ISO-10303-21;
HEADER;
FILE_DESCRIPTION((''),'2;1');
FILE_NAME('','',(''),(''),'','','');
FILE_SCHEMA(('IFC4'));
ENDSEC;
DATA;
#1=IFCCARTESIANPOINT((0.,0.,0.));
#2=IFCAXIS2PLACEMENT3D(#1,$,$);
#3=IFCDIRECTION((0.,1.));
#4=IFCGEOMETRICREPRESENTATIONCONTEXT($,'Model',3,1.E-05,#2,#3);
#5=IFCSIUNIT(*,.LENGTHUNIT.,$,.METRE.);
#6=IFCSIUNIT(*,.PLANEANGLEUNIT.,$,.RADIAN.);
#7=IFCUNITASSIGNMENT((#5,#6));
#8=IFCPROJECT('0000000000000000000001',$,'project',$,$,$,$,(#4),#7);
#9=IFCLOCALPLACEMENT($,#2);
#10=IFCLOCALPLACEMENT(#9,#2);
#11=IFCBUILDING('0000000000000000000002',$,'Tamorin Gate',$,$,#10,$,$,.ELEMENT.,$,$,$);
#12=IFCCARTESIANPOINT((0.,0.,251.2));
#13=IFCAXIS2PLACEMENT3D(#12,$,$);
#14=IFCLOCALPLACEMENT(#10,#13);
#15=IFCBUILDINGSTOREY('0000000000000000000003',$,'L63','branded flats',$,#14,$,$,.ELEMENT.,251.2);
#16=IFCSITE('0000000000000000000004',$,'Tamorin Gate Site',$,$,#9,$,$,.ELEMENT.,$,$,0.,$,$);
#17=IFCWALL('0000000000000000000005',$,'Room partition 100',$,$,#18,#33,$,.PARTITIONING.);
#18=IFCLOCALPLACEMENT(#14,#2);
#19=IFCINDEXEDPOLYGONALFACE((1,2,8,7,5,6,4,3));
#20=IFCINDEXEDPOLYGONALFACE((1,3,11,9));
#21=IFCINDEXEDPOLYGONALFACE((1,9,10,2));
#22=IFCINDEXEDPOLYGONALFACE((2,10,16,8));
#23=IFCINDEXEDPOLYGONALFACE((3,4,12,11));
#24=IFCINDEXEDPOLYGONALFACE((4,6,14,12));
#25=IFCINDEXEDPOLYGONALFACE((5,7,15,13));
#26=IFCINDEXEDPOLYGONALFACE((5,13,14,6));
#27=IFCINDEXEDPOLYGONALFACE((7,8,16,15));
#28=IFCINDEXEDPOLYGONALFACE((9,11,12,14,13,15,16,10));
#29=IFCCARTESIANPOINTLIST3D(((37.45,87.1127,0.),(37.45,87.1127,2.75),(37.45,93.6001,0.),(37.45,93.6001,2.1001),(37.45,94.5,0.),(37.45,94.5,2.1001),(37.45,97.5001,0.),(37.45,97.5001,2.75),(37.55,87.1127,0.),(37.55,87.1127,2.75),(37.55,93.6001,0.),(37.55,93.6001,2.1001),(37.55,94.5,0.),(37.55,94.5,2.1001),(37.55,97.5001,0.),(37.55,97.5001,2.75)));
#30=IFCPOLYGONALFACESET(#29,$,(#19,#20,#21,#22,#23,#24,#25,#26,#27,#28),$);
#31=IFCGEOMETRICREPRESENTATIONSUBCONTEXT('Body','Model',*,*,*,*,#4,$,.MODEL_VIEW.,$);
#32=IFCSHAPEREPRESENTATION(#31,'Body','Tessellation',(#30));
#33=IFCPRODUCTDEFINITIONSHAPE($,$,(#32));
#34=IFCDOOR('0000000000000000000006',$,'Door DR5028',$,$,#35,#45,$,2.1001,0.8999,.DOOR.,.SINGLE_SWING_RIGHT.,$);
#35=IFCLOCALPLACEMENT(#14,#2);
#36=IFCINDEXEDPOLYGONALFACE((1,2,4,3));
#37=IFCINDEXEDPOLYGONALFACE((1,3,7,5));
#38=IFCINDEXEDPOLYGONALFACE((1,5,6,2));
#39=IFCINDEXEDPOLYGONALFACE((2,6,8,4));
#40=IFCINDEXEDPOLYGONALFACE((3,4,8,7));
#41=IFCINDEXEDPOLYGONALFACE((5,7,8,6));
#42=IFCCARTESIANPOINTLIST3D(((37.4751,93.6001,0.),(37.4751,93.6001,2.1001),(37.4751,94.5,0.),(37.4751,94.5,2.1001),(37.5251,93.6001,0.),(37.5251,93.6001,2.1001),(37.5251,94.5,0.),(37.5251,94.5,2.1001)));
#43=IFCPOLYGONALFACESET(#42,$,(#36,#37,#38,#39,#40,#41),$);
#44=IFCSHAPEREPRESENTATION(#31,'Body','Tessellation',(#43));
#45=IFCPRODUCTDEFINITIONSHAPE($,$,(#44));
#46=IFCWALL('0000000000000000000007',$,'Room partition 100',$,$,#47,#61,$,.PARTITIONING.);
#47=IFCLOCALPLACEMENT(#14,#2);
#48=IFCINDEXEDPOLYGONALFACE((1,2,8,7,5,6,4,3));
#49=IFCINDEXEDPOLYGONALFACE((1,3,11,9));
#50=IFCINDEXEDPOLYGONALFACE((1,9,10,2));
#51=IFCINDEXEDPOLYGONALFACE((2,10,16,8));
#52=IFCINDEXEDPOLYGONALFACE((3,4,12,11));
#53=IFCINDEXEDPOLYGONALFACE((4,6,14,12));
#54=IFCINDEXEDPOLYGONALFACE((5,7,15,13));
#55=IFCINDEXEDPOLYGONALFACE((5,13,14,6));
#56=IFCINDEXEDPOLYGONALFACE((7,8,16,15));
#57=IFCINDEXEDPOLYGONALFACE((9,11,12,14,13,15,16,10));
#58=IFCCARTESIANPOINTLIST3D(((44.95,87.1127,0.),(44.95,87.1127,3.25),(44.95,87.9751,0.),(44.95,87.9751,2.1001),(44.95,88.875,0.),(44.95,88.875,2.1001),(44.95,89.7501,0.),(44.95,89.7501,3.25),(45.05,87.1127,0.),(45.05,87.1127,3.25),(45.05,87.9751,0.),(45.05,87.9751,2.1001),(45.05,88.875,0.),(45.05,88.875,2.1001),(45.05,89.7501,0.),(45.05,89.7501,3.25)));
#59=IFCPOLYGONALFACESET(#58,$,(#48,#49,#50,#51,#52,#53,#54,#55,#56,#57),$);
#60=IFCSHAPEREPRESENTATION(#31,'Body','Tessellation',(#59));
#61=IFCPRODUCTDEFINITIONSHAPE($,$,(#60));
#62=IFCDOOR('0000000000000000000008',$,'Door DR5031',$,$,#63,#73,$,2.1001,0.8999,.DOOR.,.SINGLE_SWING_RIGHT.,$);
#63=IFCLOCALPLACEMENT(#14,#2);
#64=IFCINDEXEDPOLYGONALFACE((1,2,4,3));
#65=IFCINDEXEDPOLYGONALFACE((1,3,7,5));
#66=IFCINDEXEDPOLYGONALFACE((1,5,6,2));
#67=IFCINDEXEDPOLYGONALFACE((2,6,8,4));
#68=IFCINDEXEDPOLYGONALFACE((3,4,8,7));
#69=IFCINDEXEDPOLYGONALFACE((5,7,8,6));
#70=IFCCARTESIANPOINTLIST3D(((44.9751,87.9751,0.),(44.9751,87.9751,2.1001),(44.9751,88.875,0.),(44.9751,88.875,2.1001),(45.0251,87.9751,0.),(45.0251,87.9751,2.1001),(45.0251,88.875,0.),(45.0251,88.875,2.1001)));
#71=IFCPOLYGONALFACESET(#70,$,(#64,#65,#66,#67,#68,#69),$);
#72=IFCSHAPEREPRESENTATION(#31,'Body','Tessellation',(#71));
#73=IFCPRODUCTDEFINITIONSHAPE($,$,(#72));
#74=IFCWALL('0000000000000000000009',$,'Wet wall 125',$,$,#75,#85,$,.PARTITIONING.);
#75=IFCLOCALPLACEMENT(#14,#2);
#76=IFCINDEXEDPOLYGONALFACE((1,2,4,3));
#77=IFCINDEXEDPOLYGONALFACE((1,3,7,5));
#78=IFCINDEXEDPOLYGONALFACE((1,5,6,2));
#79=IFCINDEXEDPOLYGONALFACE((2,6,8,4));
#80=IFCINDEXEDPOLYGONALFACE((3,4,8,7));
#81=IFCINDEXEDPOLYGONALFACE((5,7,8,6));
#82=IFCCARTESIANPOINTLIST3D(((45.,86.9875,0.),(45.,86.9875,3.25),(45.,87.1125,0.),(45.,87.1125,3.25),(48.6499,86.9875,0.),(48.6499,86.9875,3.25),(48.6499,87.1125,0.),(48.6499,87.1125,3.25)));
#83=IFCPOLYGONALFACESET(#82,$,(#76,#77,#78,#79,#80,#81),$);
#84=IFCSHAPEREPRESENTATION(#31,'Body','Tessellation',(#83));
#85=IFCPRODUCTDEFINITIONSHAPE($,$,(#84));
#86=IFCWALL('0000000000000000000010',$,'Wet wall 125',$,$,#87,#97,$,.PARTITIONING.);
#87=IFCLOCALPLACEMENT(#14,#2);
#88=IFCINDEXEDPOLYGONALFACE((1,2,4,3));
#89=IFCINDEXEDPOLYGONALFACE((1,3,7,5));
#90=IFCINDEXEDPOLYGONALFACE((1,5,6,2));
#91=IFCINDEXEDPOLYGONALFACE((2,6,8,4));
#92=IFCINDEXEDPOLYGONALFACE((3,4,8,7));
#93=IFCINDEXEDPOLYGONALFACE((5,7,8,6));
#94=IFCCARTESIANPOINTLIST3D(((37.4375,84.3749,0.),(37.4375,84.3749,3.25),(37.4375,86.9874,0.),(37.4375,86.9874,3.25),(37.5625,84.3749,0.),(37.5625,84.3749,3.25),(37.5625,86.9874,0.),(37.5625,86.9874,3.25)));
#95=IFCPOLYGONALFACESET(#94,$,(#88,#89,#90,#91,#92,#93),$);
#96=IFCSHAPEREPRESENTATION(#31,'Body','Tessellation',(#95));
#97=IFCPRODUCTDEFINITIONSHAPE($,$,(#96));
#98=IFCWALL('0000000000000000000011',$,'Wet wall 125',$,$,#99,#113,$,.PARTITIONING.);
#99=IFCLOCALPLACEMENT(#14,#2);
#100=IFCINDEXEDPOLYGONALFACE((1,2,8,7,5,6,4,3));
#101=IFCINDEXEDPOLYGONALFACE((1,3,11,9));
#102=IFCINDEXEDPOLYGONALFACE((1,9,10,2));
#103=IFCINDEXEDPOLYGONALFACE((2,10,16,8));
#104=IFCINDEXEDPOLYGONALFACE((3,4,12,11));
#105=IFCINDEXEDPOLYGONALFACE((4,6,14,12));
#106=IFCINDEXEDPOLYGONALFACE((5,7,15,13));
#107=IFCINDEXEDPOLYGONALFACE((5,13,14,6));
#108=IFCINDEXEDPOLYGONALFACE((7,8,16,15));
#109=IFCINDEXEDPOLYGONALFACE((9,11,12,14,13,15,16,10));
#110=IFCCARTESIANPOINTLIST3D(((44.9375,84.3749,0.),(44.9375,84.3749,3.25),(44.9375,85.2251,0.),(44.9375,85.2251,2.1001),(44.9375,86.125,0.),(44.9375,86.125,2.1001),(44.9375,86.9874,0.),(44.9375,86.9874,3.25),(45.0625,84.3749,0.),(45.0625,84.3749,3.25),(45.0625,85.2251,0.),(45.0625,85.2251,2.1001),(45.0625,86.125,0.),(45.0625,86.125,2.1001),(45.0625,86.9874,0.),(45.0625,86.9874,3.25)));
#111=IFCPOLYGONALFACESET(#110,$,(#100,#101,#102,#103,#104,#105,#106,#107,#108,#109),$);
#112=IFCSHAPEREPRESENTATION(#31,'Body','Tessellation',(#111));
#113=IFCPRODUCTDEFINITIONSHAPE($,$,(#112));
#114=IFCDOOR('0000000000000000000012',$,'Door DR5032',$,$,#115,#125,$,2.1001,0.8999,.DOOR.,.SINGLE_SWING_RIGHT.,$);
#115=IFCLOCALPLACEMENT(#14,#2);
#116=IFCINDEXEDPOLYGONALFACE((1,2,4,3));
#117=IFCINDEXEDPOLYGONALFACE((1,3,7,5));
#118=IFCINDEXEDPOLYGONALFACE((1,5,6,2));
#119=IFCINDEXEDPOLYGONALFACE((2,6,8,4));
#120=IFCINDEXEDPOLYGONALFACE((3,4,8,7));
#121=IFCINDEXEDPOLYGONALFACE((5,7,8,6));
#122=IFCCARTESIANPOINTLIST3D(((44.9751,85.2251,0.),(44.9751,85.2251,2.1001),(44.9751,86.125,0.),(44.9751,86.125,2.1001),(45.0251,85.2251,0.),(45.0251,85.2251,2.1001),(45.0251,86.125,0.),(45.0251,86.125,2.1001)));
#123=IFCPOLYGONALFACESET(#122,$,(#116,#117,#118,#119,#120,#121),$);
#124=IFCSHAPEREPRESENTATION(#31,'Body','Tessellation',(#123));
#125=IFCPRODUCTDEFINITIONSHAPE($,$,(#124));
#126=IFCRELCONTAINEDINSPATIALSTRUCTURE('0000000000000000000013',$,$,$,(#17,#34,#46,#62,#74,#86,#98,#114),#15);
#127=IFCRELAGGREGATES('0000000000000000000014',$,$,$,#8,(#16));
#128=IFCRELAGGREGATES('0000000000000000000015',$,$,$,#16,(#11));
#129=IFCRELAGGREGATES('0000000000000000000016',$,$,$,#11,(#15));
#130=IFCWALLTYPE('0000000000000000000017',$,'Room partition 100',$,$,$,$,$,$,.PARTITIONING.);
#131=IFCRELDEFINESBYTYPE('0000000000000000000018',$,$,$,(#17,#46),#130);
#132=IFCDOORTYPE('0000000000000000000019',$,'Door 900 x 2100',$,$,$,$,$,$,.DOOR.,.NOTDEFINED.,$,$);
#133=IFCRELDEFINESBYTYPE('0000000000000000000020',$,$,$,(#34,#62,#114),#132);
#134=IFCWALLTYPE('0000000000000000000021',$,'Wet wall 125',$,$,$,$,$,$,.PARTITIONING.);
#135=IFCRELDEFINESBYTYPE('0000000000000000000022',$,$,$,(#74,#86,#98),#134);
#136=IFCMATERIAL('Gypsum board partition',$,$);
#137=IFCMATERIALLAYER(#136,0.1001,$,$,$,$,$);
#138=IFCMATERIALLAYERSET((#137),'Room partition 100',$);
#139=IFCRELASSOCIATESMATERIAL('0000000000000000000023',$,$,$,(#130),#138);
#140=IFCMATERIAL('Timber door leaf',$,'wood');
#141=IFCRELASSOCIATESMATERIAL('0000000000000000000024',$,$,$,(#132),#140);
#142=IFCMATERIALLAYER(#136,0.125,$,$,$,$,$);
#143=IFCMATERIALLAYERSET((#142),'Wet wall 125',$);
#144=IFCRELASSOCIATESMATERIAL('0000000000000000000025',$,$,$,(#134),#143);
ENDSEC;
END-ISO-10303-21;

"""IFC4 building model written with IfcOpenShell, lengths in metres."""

from ifc_helpers import new_model, si_unit, direction, frame, frame_2d, origin, place, context, subcontext, project, spatial, rectangle, extrude, material, layer, layer_set, type_object, element, fill, save


model = new_model("IFC4")

# Units and contexts
model_context = context("Model", 3, precision=1e-05, world=origin(), true_north=direction((0.0, 1.0)))
body_context = subcontext(model_context, "Body", "Model", "MODEL_VIEW")
ifc_project = project(units=[si_unit("LENGTHUNIT", "METRE"), si_unit("PLANEANGLEUNIT", "RADIAN")], contexts=[model_context])

# Site, building, storey
site_placement = place(None, origin())
site = spatial("IfcSite", under=ifc_project, at=site_placement, Name="Tamorin Gate Site", CompositionType="ELEMENT", RefElevation=0.0)
building_placement = place(site_placement, origin())
building = spatial("IfcBuilding", under=site, at=building_placement, Name="Tamorin Gate", CompositionType="ELEMENT")
storey_placement = place(building_placement, frame((0.0, 0.0, 251.2)))
storey = spatial("IfcBuildingStorey", under=building, at=storey_placement, Name="L63", Description="branded flats", CompositionType="ELEMENT", Elevation=251.2)

# Shared definitions
ifc_material_1 = material(Name="Gypsum board partition")

# Walls, openings, doors
ifc_layer_1 = layer(ifc_material_1, 0.1001)
ifc_layer_set_1 = layer_set([ifc_layer_1], Name="Room partition 100")
wall_type_1 = type_object("IfcWallType", Name="Room partition 100", PredefinedType="PARTITIONING", material=ifc_layer_set_1)
wall_1_placement = place(storey_placement, frame((37.5, 87.1125, 0.0), z_axis=(0.0, 0.0, 1.0), x_axis=(0.0, 1.0, 0.0)))
wall_1 = element("IfcWall", 1, at=wall_1_placement, inside=storey, type_object=wall_type_1, Name="Room partition 100", PredefinedType="PARTITIONING", context=body_context, shape_type="SweptSolid", body=[
    extrude(rectangle(XDim=10.3875, YDim=0.1001, at=frame_2d((5.1938, 0.0))), origin(), (0.0, 0.0, 1.0), 2.75),
])
opening_1_placement = place(wall_1_placement, frame((6.4875, 0.0, 0.0)))
opening_1 = element("IfcOpeningElement", 2, at=opening_1_placement, cuts=wall_1, PredefinedType="OPENING", context=body_context, shape_type="SweptSolid", body=[
    extrude(rectangle(XDim=0.8999, YDim=2.1001, at=frame_2d((0.45, 1.05))), frame((0.0, 0.0601, 0.0), z_axis=(0.0, -1.0, 0.0), x_axis=(1.0, 0.0, 0.0)), (0.0, 0.0, 1.0), 0.1201),
])
ifc_material_2 = material(Name="Timber door leaf", Category="wood")
door_type = type_object("IfcDoorType", Name="Door 900 x 2100", OperationType="NOTDEFINED", PredefinedType="DOOR", material=ifc_material_2)
door_1_placement = place(opening_1_placement, origin())
door_1 = element("IfcDoor", 3, at=door_1_placement, inside=storey, type_object=door_type, Name="Door DR5028", OperationType="SINGLE_SWING_RIGHT", OverallHeight=2.1001, OverallWidth=0.8999, PredefinedType="DOOR", context=body_context, shape_type="SweptSolid", body=[
    extrude(rectangle(XDim=0.8999, YDim=2.1001, at=frame_2d((0.45, 1.05))), frame((0.0, 0.0249, 0.0), z_axis=(0.0, -1.0, 0.0), x_axis=(1.0, 0.0, 0.0)), (0.0, 0.0, 1.0), 0.05),
])
fill(opening_1, door_1)
wall_2_placement = place(storey_placement, frame((45.0, 87.1125, 0.0), z_axis=(0.0, 0.0, 1.0), x_axis=(0.0, 1.0, 0.0)))
wall_2 = element("IfcWall", 4, at=wall_2_placement, inside=storey, type_object=wall_type_1, Name="Room partition 100", PredefinedType="PARTITIONING", context=body_context, shape_type="SweptSolid", body=[
    extrude(rectangle(XDim=2.6375, YDim=0.1001, at=frame_2d((1.3188, 0.0))), origin(), (0.0, 0.0, 1.0), 3.25),
])
opening_2_placement = place(wall_2_placement, frame((0.8625, 0.0, 0.0)))
opening_2 = element("IfcOpeningElement", 5, at=opening_2_placement, cuts=wall_2, PredefinedType="OPENING", context=body_context, shape_type="SweptSolid", body=[
    extrude(rectangle(XDim=0.8999, YDim=2.1001, at=frame_2d((0.45, 1.05))), frame((0.0, 0.0601, 0.0), z_axis=(0.0, -1.0, 0.0), x_axis=(1.0, 0.0, 0.0)), (0.0, 0.0, 1.0), 0.1201),
])
door_2_placement = place(opening_2_placement, origin())
door_2 = element("IfcDoor", 6, at=door_2_placement, inside=storey, type_object=door_type, Name="Door DR5031", OperationType="SINGLE_SWING_RIGHT", OverallHeight=2.1001, OverallWidth=0.8999, PredefinedType="DOOR", context=body_context, shape_type="SweptSolid", body=[
    extrude(rectangle(XDim=0.8999, YDim=2.1001, at=frame_2d((0.45, 1.05))), frame((0.0, 0.0249, 0.0), z_axis=(0.0, -1.0, 0.0), x_axis=(1.0, 0.0, 0.0)), (0.0, 0.0, 1.0), 0.05),
])
fill(opening_2, door_2)

# Walls
ifc_layer_2 = layer(ifc_material_1, 0.125)
ifc_layer_set_2 = layer_set([ifc_layer_2], Name="Wet wall 125")
wall_type_2 = type_object("IfcWallType", Name="Wet wall 125", PredefinedType="PARTITIONING", material=ifc_layer_set_2)
wall_3_placement = place(storey_placement, frame((45.0, 87.05, 0.0), z_axis=(0.0, 0.0, 1.0), x_axis=(1.0, 0.0, 0.0)))
element("IfcWall", 7, at=wall_3_placement, inside=storey, type_object=wall_type_2, Name="Wet wall 125", PredefinedType="PARTITIONING", context=body_context, shape_type="SweptSolid", body=[
    extrude(rectangle(XDim=3.6499, YDim=0.125, at=frame_2d((1.825, 0.0))), origin(), (0.0, 0.0, 1.0), 3.25),
])
wall_4_placement = place(storey_placement, frame((37.5, 84.375, 0.0), z_axis=(0.0, 0.0, 1.0), x_axis=(0.0, 1.0, 0.0)))
element("IfcWall", 8, at=wall_4_placement, inside=storey, type_object=wall_type_2, Name="Wet wall 125", PredefinedType="PARTITIONING", context=body_context, shape_type="SweptSolid", body=[
    extrude(rectangle(XDim=2.6125, YDim=0.125, at=frame_2d((1.3062, 0.0))), origin(), (0.0, 0.0, 1.0), 3.25),
])

# Wall, opening, door
wall_5_placement = place(storey_placement, frame((45.0, 84.375, 0.0), z_axis=(0.0, 0.0, 1.0), x_axis=(0.0, 1.0, 0.0)))
wall_5 = element("IfcWall", 9, at=wall_5_placement, inside=storey, type_object=wall_type_2, Name="Wet wall 125", PredefinedType="PARTITIONING", context=body_context, shape_type="SweptSolid", body=[
    extrude(rectangle(XDim=2.6125, YDim=0.125, at=frame_2d((1.3062, 0.0))), origin(), (0.0, 0.0, 1.0), 3.25),
])
opening_3_placement = place(wall_5_placement, frame((0.8501, 0.0, 0.0)))
opening_3 = element("IfcOpeningElement", 10, at=opening_3_placement, cuts=wall_5, PredefinedType="OPENING", context=body_context, shape_type="SweptSolid", body=[
    extrude(rectangle(XDim=0.8999, YDim=2.1001, at=frame_2d((0.45, 1.05))), frame((0.0, 0.0725, 0.0), z_axis=(0.0, -1.0, 0.0), x_axis=(1.0, 0.0, 0.0)), (0.0, 0.0, 1.0), 0.145),
])
door_3_placement = place(opening_3_placement, origin())
door_3 = element("IfcDoor", 11, at=door_3_placement, inside=storey, type_object=door_type, Name="Door DR5032", OperationType="SINGLE_SWING_RIGHT", OverallHeight=2.1001, OverallWidth=0.8999, PredefinedType="DOOR", context=body_context, shape_type="SweptSolid", body=[
    extrude(rectangle(XDim=0.8999, YDim=2.1001, at=frame_2d((0.45, 1.05))), frame((0.0, 0.0249, 0.0), z_axis=(0.0, -1.0, 0.0), x_axis=(1.0, 0.0, 0.0)), (0.0, 0.0, 1.0), 0.05),
])
fill(opening_3, door_3)

save(model, "model.ifc")
